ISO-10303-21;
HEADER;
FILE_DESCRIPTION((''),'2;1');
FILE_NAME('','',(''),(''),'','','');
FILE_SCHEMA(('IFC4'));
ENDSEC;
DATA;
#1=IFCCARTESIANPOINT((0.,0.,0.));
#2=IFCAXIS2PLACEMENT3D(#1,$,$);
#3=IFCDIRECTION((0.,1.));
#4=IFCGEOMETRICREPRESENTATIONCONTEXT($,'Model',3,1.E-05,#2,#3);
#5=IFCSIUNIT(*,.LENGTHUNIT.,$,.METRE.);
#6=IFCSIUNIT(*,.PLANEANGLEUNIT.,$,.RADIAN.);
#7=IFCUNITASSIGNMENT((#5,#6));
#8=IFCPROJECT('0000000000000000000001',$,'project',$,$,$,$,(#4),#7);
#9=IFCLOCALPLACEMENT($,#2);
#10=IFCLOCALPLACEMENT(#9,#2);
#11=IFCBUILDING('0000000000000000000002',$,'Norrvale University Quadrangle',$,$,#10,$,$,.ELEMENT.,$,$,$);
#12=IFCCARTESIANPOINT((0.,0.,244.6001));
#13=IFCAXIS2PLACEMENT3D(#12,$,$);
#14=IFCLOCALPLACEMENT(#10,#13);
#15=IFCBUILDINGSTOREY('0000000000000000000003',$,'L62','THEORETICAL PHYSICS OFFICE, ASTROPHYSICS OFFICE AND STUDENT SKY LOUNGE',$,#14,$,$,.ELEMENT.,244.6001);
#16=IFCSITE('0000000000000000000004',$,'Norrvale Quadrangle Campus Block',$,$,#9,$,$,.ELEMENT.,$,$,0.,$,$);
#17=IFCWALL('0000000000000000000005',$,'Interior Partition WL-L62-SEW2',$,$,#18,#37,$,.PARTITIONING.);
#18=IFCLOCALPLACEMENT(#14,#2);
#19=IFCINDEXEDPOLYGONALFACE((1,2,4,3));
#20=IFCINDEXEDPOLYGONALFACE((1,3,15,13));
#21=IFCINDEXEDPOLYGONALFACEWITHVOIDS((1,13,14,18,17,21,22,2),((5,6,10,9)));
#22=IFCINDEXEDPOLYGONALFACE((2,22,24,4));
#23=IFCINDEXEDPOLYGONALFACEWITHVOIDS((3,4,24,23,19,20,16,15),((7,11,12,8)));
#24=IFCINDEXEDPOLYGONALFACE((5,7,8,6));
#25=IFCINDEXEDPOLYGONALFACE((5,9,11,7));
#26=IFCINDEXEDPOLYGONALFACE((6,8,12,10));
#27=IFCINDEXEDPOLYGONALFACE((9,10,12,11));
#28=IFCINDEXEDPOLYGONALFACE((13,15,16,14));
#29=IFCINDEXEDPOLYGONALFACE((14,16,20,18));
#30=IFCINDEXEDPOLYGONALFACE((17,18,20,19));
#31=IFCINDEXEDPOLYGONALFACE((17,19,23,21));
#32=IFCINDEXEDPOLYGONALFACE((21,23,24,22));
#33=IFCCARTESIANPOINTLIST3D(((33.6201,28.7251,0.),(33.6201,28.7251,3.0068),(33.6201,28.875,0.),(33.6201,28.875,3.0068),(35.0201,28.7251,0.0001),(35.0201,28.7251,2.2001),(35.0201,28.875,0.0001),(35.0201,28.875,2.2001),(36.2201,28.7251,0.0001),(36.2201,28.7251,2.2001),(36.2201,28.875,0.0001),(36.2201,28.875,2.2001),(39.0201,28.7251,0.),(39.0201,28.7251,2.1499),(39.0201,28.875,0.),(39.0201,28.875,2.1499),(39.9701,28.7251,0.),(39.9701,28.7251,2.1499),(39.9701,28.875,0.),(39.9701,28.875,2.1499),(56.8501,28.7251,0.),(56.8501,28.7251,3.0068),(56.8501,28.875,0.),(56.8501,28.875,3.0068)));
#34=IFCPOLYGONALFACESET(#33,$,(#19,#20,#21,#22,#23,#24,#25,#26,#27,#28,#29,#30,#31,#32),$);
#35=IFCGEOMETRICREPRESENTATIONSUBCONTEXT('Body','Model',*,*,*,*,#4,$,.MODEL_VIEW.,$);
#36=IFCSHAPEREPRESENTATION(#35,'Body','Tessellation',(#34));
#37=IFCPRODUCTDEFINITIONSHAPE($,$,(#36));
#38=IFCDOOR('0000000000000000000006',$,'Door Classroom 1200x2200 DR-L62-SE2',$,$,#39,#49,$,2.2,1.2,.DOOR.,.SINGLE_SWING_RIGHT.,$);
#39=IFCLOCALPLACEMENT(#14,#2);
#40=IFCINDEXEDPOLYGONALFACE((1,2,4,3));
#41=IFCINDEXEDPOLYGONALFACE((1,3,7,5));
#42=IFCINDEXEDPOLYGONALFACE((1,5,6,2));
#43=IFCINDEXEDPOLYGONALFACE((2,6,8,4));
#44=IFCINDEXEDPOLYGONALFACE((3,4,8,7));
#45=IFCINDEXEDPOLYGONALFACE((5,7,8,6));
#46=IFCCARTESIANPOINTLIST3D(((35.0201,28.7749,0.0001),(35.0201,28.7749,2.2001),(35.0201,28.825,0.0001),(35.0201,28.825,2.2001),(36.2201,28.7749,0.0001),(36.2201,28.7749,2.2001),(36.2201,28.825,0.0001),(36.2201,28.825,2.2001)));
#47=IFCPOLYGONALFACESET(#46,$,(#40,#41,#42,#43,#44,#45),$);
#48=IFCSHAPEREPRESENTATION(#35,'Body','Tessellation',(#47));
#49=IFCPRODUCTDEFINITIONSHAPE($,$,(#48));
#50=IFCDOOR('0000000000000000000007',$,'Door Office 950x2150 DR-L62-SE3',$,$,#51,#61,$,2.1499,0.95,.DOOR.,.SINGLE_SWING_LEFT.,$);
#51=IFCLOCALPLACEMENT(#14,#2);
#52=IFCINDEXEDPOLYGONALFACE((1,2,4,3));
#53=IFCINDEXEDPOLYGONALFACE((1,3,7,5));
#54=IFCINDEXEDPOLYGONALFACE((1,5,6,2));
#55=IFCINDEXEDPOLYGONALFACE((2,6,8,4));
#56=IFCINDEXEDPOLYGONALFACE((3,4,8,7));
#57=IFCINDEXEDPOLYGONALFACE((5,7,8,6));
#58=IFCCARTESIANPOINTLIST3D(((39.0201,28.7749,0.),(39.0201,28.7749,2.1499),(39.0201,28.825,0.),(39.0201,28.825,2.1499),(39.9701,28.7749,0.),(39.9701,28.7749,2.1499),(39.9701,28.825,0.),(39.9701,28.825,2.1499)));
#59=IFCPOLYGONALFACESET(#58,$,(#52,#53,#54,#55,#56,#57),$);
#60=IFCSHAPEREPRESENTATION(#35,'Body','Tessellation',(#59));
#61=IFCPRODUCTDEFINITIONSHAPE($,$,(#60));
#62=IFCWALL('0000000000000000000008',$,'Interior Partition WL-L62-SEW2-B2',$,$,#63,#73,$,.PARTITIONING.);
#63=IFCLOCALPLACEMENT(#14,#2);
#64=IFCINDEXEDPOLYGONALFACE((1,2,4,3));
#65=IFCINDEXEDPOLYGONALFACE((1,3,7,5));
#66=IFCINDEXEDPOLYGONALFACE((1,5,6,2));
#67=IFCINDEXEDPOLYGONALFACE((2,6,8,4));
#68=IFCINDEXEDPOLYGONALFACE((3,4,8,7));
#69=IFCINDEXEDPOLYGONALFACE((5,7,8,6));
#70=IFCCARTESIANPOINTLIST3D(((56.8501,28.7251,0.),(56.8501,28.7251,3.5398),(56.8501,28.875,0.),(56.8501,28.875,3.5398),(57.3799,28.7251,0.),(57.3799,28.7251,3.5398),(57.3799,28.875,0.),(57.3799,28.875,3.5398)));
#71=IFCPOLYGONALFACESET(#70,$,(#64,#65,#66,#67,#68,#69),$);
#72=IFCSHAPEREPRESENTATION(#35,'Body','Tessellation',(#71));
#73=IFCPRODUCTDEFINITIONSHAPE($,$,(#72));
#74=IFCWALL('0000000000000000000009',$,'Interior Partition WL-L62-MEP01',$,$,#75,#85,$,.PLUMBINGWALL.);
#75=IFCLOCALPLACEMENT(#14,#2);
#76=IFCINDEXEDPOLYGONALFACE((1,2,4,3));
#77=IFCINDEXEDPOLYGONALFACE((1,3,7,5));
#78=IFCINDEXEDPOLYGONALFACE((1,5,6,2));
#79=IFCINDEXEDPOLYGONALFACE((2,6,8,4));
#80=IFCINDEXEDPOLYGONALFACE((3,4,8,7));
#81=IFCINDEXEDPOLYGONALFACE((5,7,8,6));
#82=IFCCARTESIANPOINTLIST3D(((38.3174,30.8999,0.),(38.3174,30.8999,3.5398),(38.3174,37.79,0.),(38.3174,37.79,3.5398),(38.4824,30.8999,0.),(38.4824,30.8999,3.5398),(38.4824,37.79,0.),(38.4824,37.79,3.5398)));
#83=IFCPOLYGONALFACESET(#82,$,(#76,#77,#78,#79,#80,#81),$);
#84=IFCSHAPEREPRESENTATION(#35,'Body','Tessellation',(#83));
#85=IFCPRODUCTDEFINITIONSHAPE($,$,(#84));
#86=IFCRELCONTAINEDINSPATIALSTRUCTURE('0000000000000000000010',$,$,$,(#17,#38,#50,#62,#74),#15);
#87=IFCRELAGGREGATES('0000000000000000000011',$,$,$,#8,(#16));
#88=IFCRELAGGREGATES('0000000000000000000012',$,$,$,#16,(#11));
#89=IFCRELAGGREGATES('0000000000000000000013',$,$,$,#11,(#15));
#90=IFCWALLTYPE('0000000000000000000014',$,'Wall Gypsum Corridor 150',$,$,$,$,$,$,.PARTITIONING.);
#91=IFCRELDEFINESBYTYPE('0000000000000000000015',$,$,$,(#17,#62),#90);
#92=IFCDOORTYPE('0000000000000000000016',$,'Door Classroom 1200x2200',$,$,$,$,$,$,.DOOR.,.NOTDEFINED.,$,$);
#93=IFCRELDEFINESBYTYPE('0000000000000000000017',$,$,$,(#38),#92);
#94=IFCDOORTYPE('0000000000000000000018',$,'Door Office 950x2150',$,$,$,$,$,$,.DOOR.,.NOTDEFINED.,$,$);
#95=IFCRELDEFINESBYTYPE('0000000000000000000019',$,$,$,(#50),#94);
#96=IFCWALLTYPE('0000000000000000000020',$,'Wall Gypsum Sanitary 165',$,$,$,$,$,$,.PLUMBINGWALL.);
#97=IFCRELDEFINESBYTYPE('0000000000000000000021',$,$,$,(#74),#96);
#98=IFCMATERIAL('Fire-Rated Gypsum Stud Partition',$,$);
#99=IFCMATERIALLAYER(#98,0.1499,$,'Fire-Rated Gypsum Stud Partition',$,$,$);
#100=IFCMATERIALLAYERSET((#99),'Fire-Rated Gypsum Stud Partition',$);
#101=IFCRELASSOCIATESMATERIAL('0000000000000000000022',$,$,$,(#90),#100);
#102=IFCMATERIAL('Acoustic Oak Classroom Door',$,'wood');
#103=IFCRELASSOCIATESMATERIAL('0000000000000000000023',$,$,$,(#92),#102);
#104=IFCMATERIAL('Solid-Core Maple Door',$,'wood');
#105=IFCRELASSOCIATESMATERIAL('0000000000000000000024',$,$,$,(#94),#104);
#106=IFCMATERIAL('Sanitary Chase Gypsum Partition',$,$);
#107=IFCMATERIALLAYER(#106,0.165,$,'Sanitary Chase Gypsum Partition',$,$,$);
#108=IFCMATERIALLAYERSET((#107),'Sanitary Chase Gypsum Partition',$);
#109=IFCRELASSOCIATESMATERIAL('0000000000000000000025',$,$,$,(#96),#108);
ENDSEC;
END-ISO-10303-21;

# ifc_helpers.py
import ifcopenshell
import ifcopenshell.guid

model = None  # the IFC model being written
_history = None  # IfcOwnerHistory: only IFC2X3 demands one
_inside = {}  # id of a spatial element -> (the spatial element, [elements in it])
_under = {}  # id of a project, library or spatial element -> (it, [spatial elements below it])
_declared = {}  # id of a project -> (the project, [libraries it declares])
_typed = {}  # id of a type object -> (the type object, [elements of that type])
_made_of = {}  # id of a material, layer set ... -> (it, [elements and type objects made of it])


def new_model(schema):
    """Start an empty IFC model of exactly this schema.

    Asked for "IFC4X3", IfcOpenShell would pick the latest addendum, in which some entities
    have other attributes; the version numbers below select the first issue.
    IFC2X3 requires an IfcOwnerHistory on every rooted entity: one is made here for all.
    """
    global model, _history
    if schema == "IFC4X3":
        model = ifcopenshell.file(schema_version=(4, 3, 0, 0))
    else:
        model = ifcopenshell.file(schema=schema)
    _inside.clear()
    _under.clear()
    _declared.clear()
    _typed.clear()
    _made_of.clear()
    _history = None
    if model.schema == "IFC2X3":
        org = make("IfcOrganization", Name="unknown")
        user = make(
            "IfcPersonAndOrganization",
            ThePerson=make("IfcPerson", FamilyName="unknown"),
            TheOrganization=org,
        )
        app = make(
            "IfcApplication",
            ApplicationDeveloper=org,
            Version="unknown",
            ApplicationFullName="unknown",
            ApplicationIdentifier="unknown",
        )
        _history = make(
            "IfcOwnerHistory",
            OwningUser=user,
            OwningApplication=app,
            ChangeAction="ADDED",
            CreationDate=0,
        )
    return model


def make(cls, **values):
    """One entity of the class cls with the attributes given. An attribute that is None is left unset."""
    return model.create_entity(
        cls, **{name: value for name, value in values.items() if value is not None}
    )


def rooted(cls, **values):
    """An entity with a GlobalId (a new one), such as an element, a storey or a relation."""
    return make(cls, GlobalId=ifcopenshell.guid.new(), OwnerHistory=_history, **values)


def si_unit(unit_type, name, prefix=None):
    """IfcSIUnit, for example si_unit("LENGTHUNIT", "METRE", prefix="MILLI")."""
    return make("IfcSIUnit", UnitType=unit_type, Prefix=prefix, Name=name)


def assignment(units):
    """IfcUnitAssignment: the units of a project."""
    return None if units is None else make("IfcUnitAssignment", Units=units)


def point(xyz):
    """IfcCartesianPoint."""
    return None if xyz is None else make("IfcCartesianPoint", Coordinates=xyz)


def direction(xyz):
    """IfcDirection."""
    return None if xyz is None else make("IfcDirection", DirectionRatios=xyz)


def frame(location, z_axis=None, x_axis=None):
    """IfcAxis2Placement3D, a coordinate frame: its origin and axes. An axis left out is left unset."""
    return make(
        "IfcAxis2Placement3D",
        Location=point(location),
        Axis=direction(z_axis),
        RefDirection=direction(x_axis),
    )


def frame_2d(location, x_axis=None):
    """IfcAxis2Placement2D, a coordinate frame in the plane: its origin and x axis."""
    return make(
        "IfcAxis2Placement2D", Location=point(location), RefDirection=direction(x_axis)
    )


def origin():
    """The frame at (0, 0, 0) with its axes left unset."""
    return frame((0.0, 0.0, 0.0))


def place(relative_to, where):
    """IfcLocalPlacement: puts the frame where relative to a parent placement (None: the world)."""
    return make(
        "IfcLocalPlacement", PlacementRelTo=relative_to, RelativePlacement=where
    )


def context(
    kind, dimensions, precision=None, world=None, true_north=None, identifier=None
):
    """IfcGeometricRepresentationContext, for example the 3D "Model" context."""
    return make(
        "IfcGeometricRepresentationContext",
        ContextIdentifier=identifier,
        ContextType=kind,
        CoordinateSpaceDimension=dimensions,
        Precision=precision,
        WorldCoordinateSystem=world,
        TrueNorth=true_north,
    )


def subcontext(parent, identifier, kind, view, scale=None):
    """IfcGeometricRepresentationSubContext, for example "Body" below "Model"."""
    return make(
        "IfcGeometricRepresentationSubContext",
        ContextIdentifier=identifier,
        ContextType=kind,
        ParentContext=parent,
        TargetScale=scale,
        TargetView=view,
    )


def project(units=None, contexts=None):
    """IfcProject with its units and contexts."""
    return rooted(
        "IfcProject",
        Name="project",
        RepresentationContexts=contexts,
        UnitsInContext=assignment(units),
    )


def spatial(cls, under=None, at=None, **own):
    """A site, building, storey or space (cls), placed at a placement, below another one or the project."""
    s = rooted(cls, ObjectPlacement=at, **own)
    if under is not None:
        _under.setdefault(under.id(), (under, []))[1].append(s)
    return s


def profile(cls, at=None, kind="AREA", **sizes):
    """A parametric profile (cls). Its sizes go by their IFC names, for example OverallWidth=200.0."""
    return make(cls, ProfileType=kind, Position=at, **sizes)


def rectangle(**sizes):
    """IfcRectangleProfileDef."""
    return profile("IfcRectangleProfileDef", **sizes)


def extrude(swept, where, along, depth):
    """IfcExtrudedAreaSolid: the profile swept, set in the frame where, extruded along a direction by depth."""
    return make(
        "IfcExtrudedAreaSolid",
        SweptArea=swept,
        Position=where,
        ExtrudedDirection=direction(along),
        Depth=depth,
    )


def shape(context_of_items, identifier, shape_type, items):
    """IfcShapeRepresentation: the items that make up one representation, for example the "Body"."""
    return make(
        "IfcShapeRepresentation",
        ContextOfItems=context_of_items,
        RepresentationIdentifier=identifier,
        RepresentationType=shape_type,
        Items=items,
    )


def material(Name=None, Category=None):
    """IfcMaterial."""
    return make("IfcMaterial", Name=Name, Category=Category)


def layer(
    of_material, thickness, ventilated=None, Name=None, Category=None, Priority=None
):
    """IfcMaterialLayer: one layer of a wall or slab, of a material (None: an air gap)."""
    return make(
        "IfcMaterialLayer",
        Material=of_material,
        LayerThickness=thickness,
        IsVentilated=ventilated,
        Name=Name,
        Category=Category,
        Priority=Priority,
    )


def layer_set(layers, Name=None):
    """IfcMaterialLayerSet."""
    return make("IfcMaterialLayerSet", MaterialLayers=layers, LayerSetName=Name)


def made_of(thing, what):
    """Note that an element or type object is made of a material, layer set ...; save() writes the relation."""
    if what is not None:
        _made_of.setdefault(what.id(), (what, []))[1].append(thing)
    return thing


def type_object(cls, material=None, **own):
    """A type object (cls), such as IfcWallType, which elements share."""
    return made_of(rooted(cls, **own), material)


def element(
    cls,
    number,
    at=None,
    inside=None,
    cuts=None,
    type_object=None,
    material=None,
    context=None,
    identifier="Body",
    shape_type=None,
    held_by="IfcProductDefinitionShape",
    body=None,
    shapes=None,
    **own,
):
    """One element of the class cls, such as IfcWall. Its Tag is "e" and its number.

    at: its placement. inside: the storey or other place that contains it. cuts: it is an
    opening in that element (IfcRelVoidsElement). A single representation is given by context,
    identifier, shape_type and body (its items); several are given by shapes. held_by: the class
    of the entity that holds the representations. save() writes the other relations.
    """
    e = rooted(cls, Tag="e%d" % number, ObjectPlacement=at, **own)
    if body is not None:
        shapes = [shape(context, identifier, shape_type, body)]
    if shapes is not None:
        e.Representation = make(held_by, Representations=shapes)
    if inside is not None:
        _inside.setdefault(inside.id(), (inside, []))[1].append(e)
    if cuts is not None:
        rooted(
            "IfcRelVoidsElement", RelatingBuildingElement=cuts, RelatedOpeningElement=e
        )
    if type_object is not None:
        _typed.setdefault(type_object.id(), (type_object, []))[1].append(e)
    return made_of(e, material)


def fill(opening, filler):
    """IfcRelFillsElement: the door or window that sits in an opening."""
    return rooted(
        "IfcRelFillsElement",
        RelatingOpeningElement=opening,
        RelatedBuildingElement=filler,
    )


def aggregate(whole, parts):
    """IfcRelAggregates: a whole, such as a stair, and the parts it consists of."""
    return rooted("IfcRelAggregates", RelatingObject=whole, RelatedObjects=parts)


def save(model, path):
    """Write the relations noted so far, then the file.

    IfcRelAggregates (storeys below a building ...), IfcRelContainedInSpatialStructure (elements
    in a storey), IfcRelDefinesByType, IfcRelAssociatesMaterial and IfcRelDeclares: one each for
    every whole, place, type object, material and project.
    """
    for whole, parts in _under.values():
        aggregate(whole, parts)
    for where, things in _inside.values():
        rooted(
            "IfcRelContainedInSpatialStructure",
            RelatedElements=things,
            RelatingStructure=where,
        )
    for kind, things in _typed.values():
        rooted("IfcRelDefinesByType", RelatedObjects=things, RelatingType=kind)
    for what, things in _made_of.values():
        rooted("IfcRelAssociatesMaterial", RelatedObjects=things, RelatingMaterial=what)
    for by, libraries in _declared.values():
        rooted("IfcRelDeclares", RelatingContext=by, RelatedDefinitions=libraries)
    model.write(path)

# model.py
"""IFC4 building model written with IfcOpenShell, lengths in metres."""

from ifc_helpers import new_model, si_unit, direction, frame, frame_2d, origin, place, context, subcontext, project, spatial, rectangle, extrude, material, layer, layer_set, type_object, element, fill, save


model = new_model("IFC4")

# Units and contexts
model_context = context("Model", 3, precision=1e-05, world=origin(), true_north=direction((0.0, 1.0)))
body_context = subcontext(model_context, "Body", "Model", "MODEL_VIEW")
ifc_project = project(units=[si_unit("LENGTHUNIT", "METRE"), si_unit("PLANEANGLEUNIT", "RADIAN")], contexts=[model_context])

# Site, building, storey
site_placement = place(None, origin())
site = spatial("IfcSite", under=ifc_project, at=site_placement, Name="Norrvale Quadrangle Campus Block", CompositionType="ELEMENT", RefElevation=0.0)
building_placement = place(site_placement, origin())
building = spatial("IfcBuilding", under=site, at=building_placement, Name="Norrvale University Quadrangle", CompositionType="ELEMENT")
storey_placement = place(building_placement, frame((0.0, 0.0, 244.6001)))
storey = spatial("IfcBuildingStorey", under=building, at=storey_placement, Name="L62", Description="THEORETICAL PHYSICS OFFICE, ASTROPHYSICS OFFICE AND STUDENT SKY LOUNGE", CompositionType="ELEMENT", Elevation=244.6001)

# Shared definitions
ifc_material_1 = material(Name="Fire-Rated Gypsum Stud Partition")
ifc_layer_1 = layer(ifc_material_1, 0.1499, Name="Fire-Rated Gypsum Stud Partition")
ifc_layer_set_1 = layer_set([ifc_layer_1], Name="Fire-Rated Gypsum Stud Partition")
wall_type_1 = type_object("IfcWallType", Name="Wall Gypsum Corridor 150", PredefinedType="PARTITIONING", material=ifc_layer_set_1)

# Wall, openings, doors
wall_1_placement = place(storey_placement, frame((33.6201, 28.8, 0.0), z_axis=(0.0, 0.0, 1.0), x_axis=(1.0, 0.0, 0.0)))
wall_1 = element("IfcWall", 1, at=wall_1_placement, inside=storey, type_object=wall_type_1, Name="Interior Partition WL-L62-SEW2", PredefinedType="PARTITIONING", context=body_context, shape_type="SweptSolid", body=[
    extrude(rectangle(XDim=23.23, YDim=0.1499, at=frame_2d((11.615, 0.0))), origin(), (0.0, 0.0, 1.0), 3.0068),
])
opening_1_placement = place(wall_1_placement, frame((1.3999, 0.0, 0.0)))
opening_1 = element("IfcOpeningElement", 2, at=opening_1_placement, cuts=wall_1, PredefinedType="OPENING", context=body_context, shape_type="SweptSolid", body=[
    extrude(rectangle(XDim=1.2, YDim=2.2, at=frame_2d((0.6001, 1.1001))), frame((0.0, 0.0869, 0.0), z_axis=(0.0, -1.0, 0.0), x_axis=(1.0, 0.0, 0.0)), (0.0, 0.0, 1.0), 0.1738),
])
opening_2_placement = place(wall_1_placement, frame((5.3999, 0.0, 0.0)))
opening_2 = element("IfcOpeningElement", 3, at=opening_2_placement, cuts=wall_1, PredefinedType="OPENING", context=body_context, shape_type="SweptSolid", body=[
    extrude(rectangle(XDim=0.95, YDim=2.1499, at=frame_2d((0.4751, 1.075))), frame((0.0, 0.0869, 0.0), z_axis=(0.0, -1.0, 0.0), x_axis=(1.0, 0.0, 0.0)), (0.0, 0.0, 1.0), 0.1738),
])
ifc_material_2 = material(Name="Acoustic Oak Classroom Door", Category="wood")
door_type_1 = type_object("IfcDoorType", Name="Door Classroom 1200x2200", OperationType="NOTDEFINED", PredefinedType="DOOR", material=ifc_material_2)
door_1_placement = place(opening_1_placement, origin())
door_1 = element("IfcDoor", 4, at=door_1_placement, inside=storey, type_object=door_type_1, Name="Door Classroom 1200x2200 DR-L62-SE2", OperationType="SINGLE_SWING_RIGHT", OverallHeight=2.2, OverallWidth=1.2, PredefinedType="DOOR", context=body_context, shape_type="SweptSolid", body=[
    extrude(rectangle(XDim=1.2, YDim=2.2, at=frame_2d((0.6001, 1.1001))), frame((0.0, 0.0249, 0.0), z_axis=(0.0, -1.0, 0.0), x_axis=(1.0, 0.0, 0.0)), (0.0, 0.0, 1.0), 0.05),
])
fill(opening_1, door_1)
ifc_material_3 = material(Name="Solid-Core Maple Door", Category="wood")
door_type_2 = type_object("IfcDoorType", Name="Door Office 950x2150", OperationType="NOTDEFINED", PredefinedType="DOOR", material=ifc_material_3)
door_2_placement = place(opening_2_placement, origin())
door_2 = element("IfcDoor", 5, at=door_2_placement, inside=storey, type_object=door_type_2, Name="Door Office 950x2150 DR-L62-SE3", OperationType="SINGLE_SWING_LEFT", OverallHeight=2.1499, OverallWidth=0.95, PredefinedType="DOOR", context=body_context, shape_type="SweptSolid", body=[
    extrude(rectangle(XDim=0.95, YDim=2.1499, at=frame_2d((0.4751, 1.075))), frame((0.0, 0.0249, 0.0), z_axis=(0.0, -1.0, 0.0), x_axis=(1.0, 0.0, 0.0)), (0.0, 0.0, 1.0), 0.05),
])
fill(opening_2, door_2)

# Walls
wall_2_placement = place(storey_placement, frame((56.8501, 28.8, 0.0), z_axis=(0.0, 0.0, 1.0), x_axis=(1.0, 0.0, 0.0)))
element("IfcWall", 6, at=wall_2_placement, inside=storey, type_object=wall_type_1, Name="Interior Partition WL-L62-SEW2-B2", PredefinedType="PARTITIONING", context=body_context, shape_type="SweptSolid", body=[
    extrude(rectangle(XDim=0.5298, YDim=0.1499, at=frame_2d((0.2649, 0.0))), origin(), (0.0, 0.0, 1.0), 3.5398),
])
ifc_material_4 = material(Name="Sanitary Chase Gypsum Partition")
ifc_layer_2 = layer(ifc_material_4, 0.165, Name="Sanitary Chase Gypsum Partition")
ifc_layer_set_2 = layer_set([ifc_layer_2], Name="Sanitary Chase Gypsum Partition")
wall_type_2 = type_object("IfcWallType", Name="Wall Gypsum Sanitary 165", PredefinedType="PLUMBINGWALL", material=ifc_layer_set_2)
wall_3_placement = place(storey_placement, frame((38.3999, 30.8999, 0.0), z_axis=(0.0, 0.0, 1.0), x_axis=(0.0, 1.0, 0.0)))
element("IfcWall", 7, at=wall_3_placement, inside=storey, type_object=wall_type_2, Name="Interior Partition WL-L62-MEP01", PredefinedType="PLUMBINGWALL", context=body_context, shape_type="SweptSolid", body=[
    extrude(rectangle(XDim=6.8901, YDim=0.165, at=frame_2d((3.4451, 0.0))), origin(), (0.0, 0.0, 1.0), 3.5398),
])

save(model, "model.ifc")
